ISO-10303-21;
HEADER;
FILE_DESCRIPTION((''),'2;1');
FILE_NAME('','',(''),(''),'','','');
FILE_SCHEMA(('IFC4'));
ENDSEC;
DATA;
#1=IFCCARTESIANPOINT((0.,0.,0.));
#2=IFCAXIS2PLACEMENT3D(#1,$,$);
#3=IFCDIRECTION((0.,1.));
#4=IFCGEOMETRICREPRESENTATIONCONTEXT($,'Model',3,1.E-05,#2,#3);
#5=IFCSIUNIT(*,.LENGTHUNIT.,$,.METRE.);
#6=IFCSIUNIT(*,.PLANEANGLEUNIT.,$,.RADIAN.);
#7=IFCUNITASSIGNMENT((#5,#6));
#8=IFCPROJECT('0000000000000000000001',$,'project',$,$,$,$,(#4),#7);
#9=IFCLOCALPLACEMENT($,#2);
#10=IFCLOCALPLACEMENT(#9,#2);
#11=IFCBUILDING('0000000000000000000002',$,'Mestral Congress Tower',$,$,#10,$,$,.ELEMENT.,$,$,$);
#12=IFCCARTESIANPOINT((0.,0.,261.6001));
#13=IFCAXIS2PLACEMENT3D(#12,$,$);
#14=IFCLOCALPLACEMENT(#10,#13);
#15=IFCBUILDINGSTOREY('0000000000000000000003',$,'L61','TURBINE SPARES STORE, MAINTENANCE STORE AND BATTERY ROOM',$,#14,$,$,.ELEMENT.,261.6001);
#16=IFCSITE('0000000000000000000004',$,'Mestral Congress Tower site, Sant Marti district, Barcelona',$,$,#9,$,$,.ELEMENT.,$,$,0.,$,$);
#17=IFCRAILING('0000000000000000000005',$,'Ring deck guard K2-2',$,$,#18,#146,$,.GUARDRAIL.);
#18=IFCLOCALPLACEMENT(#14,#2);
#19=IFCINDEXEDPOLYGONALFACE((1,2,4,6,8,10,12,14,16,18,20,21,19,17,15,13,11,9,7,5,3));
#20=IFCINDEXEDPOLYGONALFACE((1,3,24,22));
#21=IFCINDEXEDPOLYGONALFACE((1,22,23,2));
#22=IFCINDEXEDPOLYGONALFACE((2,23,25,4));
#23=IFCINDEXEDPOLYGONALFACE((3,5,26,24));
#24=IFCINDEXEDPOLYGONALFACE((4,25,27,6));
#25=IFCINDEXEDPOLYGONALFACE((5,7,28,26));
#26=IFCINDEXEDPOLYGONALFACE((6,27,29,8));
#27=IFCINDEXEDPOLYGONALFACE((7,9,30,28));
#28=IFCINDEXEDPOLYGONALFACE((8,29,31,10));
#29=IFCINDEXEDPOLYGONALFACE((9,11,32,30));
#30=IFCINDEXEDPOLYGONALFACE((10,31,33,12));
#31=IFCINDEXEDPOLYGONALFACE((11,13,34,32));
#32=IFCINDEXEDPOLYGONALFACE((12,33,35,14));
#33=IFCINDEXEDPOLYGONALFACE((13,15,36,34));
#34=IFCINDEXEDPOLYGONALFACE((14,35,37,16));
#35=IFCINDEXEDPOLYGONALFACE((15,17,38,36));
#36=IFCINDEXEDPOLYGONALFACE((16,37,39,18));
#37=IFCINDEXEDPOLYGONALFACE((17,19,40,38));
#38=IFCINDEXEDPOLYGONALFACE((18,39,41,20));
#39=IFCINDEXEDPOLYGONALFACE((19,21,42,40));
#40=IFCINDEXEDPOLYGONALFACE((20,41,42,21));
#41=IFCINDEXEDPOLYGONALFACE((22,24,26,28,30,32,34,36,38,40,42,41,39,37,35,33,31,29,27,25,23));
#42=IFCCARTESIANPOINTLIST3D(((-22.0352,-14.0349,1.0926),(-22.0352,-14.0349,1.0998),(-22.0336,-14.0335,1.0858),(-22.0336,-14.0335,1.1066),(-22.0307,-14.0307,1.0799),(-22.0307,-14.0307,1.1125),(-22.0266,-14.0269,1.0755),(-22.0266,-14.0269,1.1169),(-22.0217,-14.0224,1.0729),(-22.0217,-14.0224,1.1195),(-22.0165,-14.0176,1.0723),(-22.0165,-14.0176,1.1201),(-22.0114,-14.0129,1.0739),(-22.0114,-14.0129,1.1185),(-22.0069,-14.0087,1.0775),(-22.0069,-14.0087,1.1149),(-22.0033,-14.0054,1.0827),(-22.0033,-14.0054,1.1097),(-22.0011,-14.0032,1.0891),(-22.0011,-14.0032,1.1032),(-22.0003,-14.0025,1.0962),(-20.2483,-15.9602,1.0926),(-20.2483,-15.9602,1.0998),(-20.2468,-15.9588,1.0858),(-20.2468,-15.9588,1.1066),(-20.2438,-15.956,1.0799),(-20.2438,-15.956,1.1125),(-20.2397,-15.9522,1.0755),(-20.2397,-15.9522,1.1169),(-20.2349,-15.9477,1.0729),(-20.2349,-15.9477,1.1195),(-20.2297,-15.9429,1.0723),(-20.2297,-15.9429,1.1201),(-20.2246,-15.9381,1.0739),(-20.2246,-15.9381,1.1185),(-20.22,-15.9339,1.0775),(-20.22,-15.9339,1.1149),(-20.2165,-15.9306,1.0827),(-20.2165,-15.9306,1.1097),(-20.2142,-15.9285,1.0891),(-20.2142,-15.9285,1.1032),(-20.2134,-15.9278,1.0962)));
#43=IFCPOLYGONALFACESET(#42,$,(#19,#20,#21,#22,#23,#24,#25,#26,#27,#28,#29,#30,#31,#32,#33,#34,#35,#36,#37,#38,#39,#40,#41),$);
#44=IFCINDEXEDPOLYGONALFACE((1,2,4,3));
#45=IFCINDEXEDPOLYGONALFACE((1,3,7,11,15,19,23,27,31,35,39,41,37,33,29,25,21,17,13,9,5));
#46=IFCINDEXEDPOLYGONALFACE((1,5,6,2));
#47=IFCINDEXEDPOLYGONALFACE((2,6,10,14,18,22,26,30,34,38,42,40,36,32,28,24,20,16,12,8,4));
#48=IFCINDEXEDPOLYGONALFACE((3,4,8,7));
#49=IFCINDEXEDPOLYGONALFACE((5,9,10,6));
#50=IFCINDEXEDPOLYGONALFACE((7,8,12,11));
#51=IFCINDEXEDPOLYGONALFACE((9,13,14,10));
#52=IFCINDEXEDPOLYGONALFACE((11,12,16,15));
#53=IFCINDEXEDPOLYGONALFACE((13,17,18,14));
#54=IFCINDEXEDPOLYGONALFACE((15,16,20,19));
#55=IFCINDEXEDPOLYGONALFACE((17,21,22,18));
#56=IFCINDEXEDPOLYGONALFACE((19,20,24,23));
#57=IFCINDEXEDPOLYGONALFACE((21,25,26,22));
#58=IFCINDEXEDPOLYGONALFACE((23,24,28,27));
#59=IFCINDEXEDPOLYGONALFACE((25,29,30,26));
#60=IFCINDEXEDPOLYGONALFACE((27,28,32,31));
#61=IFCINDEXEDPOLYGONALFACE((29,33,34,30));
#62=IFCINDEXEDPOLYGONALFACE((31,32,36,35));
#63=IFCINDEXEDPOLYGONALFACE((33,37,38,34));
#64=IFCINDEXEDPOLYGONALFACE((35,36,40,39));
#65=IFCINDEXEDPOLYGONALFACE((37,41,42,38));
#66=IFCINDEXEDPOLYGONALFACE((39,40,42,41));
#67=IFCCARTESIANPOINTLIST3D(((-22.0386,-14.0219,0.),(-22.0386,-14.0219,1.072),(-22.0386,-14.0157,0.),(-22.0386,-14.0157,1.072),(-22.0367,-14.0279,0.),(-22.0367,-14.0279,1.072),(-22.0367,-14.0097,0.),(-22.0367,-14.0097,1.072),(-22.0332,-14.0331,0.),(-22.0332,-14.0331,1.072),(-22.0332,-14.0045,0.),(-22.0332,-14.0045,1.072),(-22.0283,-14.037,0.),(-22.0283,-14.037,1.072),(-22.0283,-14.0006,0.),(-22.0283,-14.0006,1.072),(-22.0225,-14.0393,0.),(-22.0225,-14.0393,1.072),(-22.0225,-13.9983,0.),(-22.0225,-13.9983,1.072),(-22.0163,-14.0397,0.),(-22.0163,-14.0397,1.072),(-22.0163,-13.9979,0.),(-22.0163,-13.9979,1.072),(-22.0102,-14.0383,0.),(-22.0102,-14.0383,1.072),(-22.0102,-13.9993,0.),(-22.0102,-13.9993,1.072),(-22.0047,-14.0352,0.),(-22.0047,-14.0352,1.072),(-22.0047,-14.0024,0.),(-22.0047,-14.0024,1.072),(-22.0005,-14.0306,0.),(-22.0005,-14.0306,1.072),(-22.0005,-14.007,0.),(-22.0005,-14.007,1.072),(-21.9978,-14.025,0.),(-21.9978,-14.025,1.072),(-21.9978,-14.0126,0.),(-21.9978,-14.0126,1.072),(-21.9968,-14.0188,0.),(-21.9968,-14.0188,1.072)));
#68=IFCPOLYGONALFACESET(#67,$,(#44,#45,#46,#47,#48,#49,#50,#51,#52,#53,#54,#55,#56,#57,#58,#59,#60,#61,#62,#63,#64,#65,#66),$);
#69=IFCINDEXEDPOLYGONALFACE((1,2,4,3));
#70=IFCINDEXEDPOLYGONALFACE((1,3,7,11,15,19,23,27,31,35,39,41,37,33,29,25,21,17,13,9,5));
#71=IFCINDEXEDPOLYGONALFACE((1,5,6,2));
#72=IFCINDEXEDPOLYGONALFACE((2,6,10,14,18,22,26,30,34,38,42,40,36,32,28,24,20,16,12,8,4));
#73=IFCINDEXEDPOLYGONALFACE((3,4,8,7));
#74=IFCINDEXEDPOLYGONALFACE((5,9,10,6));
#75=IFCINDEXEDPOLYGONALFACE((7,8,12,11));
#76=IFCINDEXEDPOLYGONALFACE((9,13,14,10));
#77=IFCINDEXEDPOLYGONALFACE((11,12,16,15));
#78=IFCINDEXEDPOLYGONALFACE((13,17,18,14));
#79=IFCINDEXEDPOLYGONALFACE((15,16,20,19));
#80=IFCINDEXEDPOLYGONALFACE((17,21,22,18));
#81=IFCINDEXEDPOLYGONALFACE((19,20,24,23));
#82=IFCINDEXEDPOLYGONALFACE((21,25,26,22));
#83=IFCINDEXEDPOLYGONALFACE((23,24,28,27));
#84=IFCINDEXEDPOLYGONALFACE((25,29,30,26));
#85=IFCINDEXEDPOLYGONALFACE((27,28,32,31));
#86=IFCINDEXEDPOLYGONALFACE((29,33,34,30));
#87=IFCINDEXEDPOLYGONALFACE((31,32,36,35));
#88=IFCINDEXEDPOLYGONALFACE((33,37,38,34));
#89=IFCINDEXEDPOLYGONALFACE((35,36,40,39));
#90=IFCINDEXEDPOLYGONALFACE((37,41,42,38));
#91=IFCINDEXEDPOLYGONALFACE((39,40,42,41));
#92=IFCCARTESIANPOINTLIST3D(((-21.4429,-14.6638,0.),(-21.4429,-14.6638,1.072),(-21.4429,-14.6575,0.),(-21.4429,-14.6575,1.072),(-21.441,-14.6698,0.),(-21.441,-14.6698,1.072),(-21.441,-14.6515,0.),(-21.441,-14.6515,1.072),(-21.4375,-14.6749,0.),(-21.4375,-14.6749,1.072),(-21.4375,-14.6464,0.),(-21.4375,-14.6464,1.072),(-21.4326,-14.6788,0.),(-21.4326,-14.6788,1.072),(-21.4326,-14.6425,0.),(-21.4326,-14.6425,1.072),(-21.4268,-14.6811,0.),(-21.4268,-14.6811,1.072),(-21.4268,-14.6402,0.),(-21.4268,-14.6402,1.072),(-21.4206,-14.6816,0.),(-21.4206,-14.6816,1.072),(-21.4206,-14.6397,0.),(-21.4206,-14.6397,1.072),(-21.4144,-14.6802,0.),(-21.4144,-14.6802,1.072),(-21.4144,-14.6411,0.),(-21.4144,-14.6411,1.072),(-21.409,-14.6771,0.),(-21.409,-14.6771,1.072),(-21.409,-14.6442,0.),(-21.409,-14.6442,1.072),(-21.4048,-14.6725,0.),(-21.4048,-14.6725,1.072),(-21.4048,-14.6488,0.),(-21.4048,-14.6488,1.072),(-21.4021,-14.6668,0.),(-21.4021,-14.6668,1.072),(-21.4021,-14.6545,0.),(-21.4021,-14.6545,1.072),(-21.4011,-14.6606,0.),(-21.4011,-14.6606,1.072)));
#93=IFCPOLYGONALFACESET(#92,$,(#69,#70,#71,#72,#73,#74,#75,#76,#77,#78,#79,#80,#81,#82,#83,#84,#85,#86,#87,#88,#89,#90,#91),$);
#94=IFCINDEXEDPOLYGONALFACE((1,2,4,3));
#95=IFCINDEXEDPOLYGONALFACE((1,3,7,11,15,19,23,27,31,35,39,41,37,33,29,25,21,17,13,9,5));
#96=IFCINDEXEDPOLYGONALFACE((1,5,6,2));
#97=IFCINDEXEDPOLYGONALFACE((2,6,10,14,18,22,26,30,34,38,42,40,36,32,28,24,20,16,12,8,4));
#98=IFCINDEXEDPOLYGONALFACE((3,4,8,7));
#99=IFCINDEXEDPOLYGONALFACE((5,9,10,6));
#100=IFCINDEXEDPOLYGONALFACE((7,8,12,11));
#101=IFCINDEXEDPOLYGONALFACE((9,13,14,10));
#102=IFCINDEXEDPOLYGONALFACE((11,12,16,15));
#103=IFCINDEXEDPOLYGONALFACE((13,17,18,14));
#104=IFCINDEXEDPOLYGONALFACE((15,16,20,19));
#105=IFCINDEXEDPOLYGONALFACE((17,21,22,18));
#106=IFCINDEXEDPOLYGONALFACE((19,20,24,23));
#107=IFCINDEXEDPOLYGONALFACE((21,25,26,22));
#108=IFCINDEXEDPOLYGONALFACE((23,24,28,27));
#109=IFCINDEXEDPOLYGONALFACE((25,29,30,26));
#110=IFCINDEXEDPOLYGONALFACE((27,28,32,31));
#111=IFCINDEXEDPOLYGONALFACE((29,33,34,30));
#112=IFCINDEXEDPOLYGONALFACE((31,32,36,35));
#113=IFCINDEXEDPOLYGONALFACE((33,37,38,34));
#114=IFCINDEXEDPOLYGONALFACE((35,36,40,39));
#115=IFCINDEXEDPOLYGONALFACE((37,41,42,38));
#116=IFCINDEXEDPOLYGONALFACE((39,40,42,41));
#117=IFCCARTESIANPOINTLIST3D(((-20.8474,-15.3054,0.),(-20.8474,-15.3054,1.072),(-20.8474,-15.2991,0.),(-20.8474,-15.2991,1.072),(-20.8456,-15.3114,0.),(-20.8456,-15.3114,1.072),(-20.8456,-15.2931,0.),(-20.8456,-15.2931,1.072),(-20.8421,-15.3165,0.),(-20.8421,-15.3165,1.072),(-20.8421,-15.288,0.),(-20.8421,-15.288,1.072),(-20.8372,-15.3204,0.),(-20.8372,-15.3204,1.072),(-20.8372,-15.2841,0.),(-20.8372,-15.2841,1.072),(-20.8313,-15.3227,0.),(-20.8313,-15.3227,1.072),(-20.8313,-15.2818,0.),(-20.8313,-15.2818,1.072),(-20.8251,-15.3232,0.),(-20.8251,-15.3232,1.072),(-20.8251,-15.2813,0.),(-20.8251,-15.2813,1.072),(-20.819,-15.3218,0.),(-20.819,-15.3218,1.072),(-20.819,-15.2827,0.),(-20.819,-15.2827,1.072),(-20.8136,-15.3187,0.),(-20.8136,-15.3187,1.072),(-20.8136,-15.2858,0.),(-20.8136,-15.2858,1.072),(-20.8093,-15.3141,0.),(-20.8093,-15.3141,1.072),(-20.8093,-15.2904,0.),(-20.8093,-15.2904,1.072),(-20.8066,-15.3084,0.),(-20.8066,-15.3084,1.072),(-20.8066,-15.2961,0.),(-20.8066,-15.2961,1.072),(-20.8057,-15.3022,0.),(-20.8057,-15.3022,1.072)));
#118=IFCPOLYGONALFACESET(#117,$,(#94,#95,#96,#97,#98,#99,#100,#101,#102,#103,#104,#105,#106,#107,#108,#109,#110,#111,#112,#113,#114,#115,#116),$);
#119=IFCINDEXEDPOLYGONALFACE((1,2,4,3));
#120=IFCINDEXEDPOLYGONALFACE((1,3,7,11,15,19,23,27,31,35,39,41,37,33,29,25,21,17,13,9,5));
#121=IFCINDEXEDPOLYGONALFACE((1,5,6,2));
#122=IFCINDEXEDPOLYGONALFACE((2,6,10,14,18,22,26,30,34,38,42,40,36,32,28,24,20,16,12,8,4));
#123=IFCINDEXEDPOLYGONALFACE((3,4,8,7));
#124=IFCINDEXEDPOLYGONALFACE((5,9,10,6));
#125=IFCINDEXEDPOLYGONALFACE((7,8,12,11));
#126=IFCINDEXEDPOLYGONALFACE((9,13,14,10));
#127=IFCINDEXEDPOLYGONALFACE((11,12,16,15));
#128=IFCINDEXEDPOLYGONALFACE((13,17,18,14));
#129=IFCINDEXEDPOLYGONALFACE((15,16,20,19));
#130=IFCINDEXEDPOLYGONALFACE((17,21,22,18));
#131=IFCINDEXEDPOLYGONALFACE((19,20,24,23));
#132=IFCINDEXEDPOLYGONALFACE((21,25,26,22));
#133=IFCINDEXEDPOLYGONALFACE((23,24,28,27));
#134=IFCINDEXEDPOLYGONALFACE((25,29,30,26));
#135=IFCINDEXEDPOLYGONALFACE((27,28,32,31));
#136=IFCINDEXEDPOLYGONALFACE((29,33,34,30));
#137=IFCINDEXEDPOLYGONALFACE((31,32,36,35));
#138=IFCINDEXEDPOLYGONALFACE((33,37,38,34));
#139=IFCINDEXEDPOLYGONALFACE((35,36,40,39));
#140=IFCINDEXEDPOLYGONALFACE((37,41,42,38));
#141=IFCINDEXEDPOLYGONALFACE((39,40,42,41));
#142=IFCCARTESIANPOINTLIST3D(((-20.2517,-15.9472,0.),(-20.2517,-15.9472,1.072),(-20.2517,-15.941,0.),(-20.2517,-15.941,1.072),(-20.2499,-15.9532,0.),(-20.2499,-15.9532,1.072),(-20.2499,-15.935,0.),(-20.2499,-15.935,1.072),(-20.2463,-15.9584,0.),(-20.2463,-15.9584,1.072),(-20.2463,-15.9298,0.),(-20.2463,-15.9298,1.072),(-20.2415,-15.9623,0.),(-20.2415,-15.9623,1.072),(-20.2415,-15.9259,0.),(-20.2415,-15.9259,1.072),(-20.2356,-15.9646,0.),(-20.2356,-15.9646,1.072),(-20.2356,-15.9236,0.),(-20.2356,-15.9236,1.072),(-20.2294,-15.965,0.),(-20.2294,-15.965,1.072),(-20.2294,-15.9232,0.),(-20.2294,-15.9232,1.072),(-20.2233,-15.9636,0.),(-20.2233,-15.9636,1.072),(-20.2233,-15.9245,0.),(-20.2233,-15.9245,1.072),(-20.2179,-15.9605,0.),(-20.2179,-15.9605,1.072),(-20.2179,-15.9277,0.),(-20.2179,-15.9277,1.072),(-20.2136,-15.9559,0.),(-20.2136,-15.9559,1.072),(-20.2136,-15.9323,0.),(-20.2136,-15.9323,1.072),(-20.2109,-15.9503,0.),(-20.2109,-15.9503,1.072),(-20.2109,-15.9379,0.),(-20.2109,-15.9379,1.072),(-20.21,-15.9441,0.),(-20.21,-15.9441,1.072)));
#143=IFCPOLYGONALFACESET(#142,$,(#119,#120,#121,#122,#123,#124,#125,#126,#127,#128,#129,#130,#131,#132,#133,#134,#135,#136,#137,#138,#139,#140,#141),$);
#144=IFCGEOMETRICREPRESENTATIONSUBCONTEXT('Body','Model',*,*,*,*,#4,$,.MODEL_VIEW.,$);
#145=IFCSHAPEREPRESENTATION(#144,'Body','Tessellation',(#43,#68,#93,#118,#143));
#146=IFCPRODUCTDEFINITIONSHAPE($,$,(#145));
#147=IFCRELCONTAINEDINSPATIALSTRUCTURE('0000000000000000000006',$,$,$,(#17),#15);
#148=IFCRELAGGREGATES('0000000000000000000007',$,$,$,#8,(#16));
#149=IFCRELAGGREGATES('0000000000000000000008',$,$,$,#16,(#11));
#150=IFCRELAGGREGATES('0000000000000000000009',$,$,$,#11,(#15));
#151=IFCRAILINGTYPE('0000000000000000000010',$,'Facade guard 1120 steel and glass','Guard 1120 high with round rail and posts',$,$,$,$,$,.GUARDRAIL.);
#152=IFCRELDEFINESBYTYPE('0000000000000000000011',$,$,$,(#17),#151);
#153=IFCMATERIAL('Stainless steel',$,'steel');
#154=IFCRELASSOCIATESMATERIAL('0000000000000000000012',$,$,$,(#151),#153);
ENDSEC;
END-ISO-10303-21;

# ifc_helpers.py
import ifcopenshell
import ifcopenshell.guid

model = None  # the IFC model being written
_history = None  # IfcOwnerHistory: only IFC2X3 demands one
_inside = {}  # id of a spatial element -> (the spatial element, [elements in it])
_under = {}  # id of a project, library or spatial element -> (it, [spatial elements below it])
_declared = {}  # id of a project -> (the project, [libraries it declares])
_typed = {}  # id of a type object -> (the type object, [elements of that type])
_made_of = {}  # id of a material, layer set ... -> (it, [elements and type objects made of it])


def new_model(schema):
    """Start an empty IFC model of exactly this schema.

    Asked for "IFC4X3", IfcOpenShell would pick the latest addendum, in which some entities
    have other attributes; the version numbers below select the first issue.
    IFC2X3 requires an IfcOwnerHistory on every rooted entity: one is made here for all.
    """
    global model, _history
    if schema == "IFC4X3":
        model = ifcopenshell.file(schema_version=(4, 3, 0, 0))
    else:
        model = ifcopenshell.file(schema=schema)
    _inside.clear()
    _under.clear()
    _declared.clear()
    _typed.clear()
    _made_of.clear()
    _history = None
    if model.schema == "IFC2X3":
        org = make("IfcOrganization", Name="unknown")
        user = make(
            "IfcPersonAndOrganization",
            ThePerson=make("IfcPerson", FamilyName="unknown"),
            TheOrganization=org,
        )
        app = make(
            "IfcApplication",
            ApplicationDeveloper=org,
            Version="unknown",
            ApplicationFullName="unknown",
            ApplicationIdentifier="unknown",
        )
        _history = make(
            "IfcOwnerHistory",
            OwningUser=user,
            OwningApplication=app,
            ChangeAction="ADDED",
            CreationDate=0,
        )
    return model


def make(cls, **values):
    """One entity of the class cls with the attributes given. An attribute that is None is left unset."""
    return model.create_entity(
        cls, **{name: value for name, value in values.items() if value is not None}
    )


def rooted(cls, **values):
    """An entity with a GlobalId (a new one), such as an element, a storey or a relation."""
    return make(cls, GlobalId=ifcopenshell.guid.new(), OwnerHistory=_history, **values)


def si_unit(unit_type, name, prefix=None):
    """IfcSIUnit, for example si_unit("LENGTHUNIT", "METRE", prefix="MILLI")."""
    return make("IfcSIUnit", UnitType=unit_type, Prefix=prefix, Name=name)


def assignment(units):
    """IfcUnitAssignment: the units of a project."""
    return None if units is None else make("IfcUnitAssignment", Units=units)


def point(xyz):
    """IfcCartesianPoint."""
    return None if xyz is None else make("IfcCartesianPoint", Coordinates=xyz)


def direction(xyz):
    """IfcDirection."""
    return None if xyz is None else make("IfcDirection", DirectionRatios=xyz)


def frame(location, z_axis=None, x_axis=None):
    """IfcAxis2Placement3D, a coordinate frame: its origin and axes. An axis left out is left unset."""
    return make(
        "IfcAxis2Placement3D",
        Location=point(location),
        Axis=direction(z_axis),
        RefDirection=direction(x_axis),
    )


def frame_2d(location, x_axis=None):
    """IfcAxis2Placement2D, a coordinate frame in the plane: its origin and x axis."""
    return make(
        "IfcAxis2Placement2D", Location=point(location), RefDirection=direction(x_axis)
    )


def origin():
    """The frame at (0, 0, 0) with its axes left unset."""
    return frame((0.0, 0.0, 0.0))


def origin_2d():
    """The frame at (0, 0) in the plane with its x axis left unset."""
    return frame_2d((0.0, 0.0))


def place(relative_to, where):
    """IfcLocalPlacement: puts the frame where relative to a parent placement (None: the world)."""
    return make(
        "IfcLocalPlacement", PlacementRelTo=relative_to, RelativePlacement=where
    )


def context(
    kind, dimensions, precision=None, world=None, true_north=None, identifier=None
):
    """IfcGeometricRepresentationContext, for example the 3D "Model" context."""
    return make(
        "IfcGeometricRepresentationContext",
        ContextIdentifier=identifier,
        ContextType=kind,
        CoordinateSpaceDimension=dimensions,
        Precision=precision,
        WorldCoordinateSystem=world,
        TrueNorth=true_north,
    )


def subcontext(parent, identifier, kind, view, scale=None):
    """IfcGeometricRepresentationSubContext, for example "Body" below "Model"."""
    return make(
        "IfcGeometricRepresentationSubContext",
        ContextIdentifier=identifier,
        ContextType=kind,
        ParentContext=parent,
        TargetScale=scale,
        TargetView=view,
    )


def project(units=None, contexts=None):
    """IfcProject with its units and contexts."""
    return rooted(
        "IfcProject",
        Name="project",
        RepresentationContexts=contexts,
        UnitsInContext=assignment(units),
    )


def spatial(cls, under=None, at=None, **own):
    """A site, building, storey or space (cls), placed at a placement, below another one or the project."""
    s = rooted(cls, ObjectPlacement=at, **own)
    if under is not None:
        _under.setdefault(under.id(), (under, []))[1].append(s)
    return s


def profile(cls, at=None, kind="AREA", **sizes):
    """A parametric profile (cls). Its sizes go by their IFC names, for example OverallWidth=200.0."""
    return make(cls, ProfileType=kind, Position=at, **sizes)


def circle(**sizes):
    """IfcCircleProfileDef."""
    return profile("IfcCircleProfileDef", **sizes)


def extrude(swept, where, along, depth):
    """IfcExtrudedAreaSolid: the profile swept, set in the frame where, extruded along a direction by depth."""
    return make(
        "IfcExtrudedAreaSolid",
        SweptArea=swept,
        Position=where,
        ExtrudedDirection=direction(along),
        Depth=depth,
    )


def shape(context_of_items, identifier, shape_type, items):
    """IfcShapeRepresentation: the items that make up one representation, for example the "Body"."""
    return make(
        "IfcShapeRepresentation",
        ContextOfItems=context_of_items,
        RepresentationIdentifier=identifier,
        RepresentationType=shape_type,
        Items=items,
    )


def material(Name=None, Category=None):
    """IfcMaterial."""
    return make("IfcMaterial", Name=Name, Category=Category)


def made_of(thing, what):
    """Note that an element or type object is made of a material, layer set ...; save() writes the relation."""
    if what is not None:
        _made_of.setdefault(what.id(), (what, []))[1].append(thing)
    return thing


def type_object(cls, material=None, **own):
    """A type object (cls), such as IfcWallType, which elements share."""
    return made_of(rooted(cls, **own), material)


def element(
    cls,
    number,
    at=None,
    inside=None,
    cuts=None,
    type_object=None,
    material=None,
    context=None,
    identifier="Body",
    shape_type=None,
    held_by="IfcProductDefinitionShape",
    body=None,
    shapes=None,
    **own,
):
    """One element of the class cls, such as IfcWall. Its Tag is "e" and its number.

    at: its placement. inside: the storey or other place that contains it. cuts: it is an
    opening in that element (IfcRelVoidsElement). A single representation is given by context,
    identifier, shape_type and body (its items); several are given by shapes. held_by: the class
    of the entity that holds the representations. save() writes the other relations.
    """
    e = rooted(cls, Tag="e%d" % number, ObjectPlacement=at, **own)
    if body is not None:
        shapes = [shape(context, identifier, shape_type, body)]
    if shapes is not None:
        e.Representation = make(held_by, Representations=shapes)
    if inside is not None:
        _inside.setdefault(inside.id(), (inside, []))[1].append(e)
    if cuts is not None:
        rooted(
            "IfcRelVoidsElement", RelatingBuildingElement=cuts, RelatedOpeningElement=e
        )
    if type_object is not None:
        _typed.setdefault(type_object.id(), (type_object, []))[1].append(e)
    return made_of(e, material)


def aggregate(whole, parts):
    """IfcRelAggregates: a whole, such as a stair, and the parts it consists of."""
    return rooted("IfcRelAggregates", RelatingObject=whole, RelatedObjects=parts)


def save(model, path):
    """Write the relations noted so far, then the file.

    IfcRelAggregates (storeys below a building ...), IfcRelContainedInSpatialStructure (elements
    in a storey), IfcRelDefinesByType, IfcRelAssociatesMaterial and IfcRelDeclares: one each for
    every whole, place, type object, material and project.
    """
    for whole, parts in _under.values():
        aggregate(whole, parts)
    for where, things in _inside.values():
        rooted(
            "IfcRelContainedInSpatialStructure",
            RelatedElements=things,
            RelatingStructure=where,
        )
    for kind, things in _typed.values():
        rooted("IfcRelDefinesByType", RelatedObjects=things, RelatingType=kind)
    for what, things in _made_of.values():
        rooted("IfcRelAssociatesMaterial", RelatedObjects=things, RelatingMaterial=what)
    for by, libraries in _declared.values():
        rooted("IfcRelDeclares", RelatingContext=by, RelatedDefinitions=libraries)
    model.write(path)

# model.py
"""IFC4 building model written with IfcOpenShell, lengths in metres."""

from ifc_helpers import new_model, si_unit, direction, frame, origin, origin_2d, place, context, subcontext, project, spatial, circle, extrude, material, type_object, element, save


model = new_model("IFC4")

# Units and contexts
model_context = context("Model", 3, precision=1e-05, world=origin(), true_north=direction((0.0, 1.0)))
body_context = subcontext(model_context, "Body", "Model", "MODEL_VIEW")
ifc_project = project(units=[si_unit("LENGTHUNIT", "METRE"), si_unit("PLANEANGLEUNIT", "RADIAN")], contexts=[model_context])

# Site, building, storey
site_placement = place(None, origin())
site = spatial("IfcSite", under=ifc_project, at=site_placement, Name="Mestral Congress Tower site, Sant Marti district, Barcelona", CompositionType="ELEMENT", RefElevation=0.0)
building_placement = place(site_placement, origin())
building = spatial("IfcBuilding", under=site, at=building_placement, Name="Mestral Congress Tower", CompositionType="ELEMENT")
storey_placement = place(building_placement, frame((0.0, 0.0, 261.6001)))
storey = spatial("IfcBuildingStorey", under=building, at=storey_placement, Name="L61", Description="TURBINE SPARES STORE, MAINTENANCE STORE AND BATTERY ROOM", CompositionType="ELEMENT", Elevation=261.6001)

# Railing
ifc_material_1 = material(Name="Stainless steel", Category="steel")
railing_type = type_object("IfcRailingType", Name="Facade guard 1120 steel and glass", Description="Guard 1120 high with round rail and posts", PredefinedType="GUARDRAIL", material=ifc_material_1)
railing_1_placement = place(storey_placement, frame((-22.0178, -14.0188, 0.0)))
element("IfcRailing", 1, at=railing_1_placement, inside=storey, type_object=railing_type, Name="Ring deck guard K2-2", PredefinedType="GUARDRAIL", context=body_context, shape_type="SweptSolid", body=[
    extrude(circle(Radius=0.0239, at=origin_2d()), frame((0.0, 0.0, 1.0962), z_axis=(0.680266, -0.732966, 0.0), x_axis=(0.732966, 0.680266, 0.0)), (0.0, 0.0, 1.0), 2.6267),
    extrude(circle(Radius=0.021, at=origin_2d()), origin(), (0.0, 0.0, 1.0), 1.072),
    extrude(circle(Radius=0.021, at=origin_2d()), frame((0.5957, -0.6418, 0.0)), (0.0, 0.0, 1.0), 1.072),
    extrude(circle(Radius=0.021, at=origin_2d()), frame((1.1912, -1.2834, 0.0)), (0.0, 0.0, 1.0), 1.072),
    extrude(circle(Radius=0.021, at=origin_2d()), frame((1.7869, -1.9253, 0.0)), (0.0, 0.0, 1.0), 1.072),
])

save(model, "model.ifc")
